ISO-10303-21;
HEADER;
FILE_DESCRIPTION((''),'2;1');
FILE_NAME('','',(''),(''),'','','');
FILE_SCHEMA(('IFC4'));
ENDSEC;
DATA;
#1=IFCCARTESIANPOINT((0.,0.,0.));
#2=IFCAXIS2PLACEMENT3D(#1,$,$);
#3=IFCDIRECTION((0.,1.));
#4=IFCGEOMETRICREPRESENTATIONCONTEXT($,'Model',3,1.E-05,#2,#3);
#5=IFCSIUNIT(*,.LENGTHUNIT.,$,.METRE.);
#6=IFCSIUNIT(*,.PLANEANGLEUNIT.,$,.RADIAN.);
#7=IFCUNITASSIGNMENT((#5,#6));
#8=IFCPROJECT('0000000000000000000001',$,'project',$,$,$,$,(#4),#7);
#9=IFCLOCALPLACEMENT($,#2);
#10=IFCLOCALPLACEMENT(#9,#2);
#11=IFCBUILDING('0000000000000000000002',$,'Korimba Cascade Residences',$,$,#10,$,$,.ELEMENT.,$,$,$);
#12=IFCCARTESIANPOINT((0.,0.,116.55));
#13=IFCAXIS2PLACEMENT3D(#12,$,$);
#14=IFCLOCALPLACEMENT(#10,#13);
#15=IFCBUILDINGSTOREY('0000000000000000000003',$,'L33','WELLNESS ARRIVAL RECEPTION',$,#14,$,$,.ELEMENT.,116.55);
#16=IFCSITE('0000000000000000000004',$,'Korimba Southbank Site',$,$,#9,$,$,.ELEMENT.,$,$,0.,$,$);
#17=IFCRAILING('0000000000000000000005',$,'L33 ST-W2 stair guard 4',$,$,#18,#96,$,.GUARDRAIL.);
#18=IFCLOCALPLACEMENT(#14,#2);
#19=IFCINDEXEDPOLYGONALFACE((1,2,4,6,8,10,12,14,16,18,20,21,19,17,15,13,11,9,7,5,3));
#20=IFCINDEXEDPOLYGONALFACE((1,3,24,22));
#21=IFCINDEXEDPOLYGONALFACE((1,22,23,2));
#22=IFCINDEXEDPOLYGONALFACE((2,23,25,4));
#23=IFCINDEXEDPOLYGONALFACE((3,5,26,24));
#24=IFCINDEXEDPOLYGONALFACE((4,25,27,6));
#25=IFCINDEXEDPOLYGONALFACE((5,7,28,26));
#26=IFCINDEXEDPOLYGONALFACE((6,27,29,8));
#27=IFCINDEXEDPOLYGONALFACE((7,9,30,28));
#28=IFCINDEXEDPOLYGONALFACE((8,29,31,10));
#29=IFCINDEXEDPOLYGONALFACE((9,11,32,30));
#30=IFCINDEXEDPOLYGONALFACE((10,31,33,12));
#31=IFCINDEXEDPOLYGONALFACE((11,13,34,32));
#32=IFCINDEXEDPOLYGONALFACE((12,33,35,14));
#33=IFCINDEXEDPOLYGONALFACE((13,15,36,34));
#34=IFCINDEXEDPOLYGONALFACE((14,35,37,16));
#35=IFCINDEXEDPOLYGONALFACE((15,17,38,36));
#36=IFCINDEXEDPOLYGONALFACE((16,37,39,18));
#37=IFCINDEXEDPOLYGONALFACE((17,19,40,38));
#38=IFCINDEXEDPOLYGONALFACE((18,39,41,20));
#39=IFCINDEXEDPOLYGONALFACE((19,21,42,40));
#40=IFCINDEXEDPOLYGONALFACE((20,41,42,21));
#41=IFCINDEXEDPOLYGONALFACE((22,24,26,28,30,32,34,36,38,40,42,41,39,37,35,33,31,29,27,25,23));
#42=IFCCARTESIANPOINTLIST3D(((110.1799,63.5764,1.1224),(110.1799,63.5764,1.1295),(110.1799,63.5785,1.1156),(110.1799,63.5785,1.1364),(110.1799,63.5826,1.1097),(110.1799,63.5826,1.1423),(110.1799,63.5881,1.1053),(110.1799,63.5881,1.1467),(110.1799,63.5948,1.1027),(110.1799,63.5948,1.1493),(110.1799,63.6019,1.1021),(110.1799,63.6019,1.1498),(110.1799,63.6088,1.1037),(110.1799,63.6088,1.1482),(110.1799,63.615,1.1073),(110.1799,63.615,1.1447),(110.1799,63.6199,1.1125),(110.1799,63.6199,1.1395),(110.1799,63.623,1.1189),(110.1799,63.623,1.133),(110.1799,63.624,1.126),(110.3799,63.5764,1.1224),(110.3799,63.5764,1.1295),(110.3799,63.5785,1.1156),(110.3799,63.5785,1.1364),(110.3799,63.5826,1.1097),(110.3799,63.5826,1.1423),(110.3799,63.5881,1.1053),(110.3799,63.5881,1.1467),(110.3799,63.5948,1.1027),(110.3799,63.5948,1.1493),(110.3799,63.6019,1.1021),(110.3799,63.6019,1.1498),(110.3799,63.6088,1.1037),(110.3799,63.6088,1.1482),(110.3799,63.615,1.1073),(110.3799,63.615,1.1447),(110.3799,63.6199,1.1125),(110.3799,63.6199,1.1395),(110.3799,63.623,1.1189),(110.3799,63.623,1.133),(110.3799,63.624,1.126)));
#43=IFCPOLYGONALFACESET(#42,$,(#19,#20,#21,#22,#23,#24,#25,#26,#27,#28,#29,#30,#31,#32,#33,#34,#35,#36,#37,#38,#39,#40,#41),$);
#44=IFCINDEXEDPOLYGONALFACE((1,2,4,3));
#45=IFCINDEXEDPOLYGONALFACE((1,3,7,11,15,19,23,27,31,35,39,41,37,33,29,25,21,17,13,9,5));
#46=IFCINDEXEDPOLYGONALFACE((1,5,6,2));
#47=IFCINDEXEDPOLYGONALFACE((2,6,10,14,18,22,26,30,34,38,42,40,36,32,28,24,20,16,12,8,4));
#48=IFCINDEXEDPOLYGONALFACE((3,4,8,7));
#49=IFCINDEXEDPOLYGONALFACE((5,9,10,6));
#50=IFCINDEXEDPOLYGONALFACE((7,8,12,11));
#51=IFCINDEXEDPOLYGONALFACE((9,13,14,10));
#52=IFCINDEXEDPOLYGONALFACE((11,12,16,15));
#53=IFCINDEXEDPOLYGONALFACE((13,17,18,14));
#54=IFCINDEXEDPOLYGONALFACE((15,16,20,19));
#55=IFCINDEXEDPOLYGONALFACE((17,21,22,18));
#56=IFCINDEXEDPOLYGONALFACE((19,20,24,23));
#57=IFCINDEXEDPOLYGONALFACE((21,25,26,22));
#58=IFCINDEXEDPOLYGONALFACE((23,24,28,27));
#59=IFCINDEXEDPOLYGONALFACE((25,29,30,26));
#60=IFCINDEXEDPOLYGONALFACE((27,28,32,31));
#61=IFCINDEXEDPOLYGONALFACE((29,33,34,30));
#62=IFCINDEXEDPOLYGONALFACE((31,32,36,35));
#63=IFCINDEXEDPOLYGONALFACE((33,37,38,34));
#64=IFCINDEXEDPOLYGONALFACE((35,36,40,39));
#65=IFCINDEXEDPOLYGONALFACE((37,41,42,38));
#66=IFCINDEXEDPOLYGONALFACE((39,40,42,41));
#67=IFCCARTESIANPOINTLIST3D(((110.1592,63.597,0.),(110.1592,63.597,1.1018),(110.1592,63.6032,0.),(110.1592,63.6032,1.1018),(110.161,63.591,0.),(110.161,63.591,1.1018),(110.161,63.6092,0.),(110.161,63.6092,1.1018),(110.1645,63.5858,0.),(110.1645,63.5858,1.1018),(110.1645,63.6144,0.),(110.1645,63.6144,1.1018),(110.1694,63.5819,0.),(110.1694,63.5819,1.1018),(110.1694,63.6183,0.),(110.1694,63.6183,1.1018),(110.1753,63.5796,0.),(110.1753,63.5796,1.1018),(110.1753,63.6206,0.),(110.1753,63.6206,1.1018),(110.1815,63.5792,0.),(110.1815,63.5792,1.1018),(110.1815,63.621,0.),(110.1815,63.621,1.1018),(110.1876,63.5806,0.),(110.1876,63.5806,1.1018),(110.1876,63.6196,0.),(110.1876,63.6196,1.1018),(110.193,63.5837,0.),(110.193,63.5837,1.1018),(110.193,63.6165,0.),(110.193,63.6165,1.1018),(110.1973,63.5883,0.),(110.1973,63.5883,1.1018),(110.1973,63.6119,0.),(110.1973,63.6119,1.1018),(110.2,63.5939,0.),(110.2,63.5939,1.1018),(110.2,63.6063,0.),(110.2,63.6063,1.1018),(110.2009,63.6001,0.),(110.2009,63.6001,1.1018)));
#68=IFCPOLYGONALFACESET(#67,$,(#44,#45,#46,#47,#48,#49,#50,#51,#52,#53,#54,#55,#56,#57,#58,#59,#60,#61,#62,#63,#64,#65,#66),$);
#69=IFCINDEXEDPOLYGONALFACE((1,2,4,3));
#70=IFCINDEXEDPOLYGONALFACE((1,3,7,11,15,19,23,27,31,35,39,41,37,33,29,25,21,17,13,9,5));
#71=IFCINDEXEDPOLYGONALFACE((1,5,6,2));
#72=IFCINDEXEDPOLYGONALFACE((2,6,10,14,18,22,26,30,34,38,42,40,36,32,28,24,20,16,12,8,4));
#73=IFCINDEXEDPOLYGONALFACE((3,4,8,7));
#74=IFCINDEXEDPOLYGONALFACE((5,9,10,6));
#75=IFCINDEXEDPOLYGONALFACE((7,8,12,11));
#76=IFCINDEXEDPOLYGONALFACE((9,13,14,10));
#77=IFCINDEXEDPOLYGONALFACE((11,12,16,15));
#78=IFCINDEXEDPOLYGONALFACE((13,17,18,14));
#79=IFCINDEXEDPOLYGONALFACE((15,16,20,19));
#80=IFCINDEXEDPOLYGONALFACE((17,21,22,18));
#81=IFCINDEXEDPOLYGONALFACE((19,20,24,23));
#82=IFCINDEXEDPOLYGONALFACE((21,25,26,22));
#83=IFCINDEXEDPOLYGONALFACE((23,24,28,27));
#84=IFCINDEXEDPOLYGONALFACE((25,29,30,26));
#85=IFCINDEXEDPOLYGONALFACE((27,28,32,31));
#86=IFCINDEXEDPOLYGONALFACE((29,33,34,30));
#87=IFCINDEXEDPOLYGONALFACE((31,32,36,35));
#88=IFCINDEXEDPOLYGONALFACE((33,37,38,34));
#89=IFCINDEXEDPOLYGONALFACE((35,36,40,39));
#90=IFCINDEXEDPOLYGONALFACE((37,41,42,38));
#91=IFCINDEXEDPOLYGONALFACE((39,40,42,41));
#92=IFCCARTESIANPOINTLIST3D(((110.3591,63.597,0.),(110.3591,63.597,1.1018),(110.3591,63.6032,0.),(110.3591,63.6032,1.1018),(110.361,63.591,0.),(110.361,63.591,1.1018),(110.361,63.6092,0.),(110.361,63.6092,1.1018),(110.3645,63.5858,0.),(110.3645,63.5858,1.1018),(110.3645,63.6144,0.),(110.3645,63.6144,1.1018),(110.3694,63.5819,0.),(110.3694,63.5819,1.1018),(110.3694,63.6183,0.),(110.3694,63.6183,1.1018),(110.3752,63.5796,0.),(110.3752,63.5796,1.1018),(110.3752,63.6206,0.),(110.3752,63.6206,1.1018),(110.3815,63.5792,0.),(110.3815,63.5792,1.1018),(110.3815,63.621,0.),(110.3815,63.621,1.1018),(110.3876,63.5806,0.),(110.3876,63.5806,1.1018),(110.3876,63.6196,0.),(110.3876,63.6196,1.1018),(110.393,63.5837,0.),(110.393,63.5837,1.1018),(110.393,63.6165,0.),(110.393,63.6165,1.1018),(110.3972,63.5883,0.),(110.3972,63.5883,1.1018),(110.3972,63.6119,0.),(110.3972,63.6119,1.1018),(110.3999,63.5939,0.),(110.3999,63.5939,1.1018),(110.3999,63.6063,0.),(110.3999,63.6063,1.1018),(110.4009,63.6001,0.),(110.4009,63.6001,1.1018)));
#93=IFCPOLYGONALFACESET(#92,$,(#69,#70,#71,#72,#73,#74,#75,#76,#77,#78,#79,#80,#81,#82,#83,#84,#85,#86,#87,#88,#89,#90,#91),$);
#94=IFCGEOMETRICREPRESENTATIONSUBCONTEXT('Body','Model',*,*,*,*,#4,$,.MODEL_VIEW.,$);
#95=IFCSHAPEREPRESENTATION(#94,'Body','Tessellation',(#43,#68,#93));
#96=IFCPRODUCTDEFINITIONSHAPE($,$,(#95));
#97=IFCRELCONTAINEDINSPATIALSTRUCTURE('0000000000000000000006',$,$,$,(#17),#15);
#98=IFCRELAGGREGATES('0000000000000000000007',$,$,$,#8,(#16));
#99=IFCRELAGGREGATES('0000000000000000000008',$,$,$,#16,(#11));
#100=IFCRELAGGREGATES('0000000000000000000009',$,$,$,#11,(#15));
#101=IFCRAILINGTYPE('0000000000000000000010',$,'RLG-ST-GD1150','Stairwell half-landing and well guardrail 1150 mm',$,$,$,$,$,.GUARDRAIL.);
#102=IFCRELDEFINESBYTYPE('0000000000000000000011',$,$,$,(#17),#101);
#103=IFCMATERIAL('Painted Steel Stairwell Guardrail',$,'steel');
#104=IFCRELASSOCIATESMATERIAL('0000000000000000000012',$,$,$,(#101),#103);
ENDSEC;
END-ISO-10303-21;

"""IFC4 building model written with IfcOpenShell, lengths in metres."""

from ifc_helpers import new_model, si_unit, direction, frame, origin, origin_2d, place, context, subcontext, project, spatial, circle, extrude, material, type_object, element, save


model = new_model("IFC4")

# Units and contexts
model_context = context("Model", 3, precision=1e-05, world=origin(), true_north=direction((0.0, 1.0)))
body_context = subcontext(model_context, "Body", "Model", "MODEL_VIEW")
ifc_project = project(units=[si_unit("LENGTHUNIT", "METRE"), si_unit("PLANEANGLEUNIT", "RADIAN")], contexts=[model_context])

# Site, building, storey
site_placement = place(None, origin())
site = spatial("IfcSite", under=ifc_project, at=site_placement, Name="Korimba Southbank Site", CompositionType="ELEMENT", RefElevation=0.0)
building_placement = place(site_placement, origin())
building = spatial("IfcBuilding", under=site, at=building_placement, Name="Korimba Cascade Residences", CompositionType="ELEMENT")
storey_placement = place(building_placement, frame((0.0, 0.0, 116.55)))
storey = spatial("IfcBuildingStorey", under=building, at=storey_placement, Name="L33", Description="WELLNESS ARRIVAL RECEPTION", CompositionType="ELEMENT", Elevation=116.55)

# Railing
ifc_material_1 = material(Name="Painted Steel Stairwell Guardrail", Category="steel")
railing_type_1 = type_object("IfcRailingType", Name="RLG-ST-GD1150", Description="Stairwell half-landing and well guardrail 1150 mm", PredefinedType="GUARDRAIL", material=ifc_material_1)
railing_1_placement = place(storey_placement, frame((110.1799, 63.6001, 0.0)))
element("IfcRailing", 1, at=railing_1_placement, inside=storey, type_object=railing_type_1, Name="L33 ST-W2 stair guard 4", PredefinedType="GUARDRAIL", context=body_context, shape_type="SweptSolid", body=[
    extrude(circle(Radius=0.0239, at=origin_2d()), frame((0.0, 0.0, 1.126), z_axis=(1.0, 0.0, 0.0), x_axis=(0.0, 1.0, 0.0)), (0.0, 0.0, 1.0), 0.2),
    extrude(circle(Radius=0.021, at=origin_2d()), origin(), (0.0, 0.0, 1.0), 1.1018),
    extrude(circle(Radius=0.021, at=origin_2d()), frame((0.2, 0.0, 0.0)), (0.0, 0.0, 1.0), 1.1018),
])

save(model, "model.ifc")
